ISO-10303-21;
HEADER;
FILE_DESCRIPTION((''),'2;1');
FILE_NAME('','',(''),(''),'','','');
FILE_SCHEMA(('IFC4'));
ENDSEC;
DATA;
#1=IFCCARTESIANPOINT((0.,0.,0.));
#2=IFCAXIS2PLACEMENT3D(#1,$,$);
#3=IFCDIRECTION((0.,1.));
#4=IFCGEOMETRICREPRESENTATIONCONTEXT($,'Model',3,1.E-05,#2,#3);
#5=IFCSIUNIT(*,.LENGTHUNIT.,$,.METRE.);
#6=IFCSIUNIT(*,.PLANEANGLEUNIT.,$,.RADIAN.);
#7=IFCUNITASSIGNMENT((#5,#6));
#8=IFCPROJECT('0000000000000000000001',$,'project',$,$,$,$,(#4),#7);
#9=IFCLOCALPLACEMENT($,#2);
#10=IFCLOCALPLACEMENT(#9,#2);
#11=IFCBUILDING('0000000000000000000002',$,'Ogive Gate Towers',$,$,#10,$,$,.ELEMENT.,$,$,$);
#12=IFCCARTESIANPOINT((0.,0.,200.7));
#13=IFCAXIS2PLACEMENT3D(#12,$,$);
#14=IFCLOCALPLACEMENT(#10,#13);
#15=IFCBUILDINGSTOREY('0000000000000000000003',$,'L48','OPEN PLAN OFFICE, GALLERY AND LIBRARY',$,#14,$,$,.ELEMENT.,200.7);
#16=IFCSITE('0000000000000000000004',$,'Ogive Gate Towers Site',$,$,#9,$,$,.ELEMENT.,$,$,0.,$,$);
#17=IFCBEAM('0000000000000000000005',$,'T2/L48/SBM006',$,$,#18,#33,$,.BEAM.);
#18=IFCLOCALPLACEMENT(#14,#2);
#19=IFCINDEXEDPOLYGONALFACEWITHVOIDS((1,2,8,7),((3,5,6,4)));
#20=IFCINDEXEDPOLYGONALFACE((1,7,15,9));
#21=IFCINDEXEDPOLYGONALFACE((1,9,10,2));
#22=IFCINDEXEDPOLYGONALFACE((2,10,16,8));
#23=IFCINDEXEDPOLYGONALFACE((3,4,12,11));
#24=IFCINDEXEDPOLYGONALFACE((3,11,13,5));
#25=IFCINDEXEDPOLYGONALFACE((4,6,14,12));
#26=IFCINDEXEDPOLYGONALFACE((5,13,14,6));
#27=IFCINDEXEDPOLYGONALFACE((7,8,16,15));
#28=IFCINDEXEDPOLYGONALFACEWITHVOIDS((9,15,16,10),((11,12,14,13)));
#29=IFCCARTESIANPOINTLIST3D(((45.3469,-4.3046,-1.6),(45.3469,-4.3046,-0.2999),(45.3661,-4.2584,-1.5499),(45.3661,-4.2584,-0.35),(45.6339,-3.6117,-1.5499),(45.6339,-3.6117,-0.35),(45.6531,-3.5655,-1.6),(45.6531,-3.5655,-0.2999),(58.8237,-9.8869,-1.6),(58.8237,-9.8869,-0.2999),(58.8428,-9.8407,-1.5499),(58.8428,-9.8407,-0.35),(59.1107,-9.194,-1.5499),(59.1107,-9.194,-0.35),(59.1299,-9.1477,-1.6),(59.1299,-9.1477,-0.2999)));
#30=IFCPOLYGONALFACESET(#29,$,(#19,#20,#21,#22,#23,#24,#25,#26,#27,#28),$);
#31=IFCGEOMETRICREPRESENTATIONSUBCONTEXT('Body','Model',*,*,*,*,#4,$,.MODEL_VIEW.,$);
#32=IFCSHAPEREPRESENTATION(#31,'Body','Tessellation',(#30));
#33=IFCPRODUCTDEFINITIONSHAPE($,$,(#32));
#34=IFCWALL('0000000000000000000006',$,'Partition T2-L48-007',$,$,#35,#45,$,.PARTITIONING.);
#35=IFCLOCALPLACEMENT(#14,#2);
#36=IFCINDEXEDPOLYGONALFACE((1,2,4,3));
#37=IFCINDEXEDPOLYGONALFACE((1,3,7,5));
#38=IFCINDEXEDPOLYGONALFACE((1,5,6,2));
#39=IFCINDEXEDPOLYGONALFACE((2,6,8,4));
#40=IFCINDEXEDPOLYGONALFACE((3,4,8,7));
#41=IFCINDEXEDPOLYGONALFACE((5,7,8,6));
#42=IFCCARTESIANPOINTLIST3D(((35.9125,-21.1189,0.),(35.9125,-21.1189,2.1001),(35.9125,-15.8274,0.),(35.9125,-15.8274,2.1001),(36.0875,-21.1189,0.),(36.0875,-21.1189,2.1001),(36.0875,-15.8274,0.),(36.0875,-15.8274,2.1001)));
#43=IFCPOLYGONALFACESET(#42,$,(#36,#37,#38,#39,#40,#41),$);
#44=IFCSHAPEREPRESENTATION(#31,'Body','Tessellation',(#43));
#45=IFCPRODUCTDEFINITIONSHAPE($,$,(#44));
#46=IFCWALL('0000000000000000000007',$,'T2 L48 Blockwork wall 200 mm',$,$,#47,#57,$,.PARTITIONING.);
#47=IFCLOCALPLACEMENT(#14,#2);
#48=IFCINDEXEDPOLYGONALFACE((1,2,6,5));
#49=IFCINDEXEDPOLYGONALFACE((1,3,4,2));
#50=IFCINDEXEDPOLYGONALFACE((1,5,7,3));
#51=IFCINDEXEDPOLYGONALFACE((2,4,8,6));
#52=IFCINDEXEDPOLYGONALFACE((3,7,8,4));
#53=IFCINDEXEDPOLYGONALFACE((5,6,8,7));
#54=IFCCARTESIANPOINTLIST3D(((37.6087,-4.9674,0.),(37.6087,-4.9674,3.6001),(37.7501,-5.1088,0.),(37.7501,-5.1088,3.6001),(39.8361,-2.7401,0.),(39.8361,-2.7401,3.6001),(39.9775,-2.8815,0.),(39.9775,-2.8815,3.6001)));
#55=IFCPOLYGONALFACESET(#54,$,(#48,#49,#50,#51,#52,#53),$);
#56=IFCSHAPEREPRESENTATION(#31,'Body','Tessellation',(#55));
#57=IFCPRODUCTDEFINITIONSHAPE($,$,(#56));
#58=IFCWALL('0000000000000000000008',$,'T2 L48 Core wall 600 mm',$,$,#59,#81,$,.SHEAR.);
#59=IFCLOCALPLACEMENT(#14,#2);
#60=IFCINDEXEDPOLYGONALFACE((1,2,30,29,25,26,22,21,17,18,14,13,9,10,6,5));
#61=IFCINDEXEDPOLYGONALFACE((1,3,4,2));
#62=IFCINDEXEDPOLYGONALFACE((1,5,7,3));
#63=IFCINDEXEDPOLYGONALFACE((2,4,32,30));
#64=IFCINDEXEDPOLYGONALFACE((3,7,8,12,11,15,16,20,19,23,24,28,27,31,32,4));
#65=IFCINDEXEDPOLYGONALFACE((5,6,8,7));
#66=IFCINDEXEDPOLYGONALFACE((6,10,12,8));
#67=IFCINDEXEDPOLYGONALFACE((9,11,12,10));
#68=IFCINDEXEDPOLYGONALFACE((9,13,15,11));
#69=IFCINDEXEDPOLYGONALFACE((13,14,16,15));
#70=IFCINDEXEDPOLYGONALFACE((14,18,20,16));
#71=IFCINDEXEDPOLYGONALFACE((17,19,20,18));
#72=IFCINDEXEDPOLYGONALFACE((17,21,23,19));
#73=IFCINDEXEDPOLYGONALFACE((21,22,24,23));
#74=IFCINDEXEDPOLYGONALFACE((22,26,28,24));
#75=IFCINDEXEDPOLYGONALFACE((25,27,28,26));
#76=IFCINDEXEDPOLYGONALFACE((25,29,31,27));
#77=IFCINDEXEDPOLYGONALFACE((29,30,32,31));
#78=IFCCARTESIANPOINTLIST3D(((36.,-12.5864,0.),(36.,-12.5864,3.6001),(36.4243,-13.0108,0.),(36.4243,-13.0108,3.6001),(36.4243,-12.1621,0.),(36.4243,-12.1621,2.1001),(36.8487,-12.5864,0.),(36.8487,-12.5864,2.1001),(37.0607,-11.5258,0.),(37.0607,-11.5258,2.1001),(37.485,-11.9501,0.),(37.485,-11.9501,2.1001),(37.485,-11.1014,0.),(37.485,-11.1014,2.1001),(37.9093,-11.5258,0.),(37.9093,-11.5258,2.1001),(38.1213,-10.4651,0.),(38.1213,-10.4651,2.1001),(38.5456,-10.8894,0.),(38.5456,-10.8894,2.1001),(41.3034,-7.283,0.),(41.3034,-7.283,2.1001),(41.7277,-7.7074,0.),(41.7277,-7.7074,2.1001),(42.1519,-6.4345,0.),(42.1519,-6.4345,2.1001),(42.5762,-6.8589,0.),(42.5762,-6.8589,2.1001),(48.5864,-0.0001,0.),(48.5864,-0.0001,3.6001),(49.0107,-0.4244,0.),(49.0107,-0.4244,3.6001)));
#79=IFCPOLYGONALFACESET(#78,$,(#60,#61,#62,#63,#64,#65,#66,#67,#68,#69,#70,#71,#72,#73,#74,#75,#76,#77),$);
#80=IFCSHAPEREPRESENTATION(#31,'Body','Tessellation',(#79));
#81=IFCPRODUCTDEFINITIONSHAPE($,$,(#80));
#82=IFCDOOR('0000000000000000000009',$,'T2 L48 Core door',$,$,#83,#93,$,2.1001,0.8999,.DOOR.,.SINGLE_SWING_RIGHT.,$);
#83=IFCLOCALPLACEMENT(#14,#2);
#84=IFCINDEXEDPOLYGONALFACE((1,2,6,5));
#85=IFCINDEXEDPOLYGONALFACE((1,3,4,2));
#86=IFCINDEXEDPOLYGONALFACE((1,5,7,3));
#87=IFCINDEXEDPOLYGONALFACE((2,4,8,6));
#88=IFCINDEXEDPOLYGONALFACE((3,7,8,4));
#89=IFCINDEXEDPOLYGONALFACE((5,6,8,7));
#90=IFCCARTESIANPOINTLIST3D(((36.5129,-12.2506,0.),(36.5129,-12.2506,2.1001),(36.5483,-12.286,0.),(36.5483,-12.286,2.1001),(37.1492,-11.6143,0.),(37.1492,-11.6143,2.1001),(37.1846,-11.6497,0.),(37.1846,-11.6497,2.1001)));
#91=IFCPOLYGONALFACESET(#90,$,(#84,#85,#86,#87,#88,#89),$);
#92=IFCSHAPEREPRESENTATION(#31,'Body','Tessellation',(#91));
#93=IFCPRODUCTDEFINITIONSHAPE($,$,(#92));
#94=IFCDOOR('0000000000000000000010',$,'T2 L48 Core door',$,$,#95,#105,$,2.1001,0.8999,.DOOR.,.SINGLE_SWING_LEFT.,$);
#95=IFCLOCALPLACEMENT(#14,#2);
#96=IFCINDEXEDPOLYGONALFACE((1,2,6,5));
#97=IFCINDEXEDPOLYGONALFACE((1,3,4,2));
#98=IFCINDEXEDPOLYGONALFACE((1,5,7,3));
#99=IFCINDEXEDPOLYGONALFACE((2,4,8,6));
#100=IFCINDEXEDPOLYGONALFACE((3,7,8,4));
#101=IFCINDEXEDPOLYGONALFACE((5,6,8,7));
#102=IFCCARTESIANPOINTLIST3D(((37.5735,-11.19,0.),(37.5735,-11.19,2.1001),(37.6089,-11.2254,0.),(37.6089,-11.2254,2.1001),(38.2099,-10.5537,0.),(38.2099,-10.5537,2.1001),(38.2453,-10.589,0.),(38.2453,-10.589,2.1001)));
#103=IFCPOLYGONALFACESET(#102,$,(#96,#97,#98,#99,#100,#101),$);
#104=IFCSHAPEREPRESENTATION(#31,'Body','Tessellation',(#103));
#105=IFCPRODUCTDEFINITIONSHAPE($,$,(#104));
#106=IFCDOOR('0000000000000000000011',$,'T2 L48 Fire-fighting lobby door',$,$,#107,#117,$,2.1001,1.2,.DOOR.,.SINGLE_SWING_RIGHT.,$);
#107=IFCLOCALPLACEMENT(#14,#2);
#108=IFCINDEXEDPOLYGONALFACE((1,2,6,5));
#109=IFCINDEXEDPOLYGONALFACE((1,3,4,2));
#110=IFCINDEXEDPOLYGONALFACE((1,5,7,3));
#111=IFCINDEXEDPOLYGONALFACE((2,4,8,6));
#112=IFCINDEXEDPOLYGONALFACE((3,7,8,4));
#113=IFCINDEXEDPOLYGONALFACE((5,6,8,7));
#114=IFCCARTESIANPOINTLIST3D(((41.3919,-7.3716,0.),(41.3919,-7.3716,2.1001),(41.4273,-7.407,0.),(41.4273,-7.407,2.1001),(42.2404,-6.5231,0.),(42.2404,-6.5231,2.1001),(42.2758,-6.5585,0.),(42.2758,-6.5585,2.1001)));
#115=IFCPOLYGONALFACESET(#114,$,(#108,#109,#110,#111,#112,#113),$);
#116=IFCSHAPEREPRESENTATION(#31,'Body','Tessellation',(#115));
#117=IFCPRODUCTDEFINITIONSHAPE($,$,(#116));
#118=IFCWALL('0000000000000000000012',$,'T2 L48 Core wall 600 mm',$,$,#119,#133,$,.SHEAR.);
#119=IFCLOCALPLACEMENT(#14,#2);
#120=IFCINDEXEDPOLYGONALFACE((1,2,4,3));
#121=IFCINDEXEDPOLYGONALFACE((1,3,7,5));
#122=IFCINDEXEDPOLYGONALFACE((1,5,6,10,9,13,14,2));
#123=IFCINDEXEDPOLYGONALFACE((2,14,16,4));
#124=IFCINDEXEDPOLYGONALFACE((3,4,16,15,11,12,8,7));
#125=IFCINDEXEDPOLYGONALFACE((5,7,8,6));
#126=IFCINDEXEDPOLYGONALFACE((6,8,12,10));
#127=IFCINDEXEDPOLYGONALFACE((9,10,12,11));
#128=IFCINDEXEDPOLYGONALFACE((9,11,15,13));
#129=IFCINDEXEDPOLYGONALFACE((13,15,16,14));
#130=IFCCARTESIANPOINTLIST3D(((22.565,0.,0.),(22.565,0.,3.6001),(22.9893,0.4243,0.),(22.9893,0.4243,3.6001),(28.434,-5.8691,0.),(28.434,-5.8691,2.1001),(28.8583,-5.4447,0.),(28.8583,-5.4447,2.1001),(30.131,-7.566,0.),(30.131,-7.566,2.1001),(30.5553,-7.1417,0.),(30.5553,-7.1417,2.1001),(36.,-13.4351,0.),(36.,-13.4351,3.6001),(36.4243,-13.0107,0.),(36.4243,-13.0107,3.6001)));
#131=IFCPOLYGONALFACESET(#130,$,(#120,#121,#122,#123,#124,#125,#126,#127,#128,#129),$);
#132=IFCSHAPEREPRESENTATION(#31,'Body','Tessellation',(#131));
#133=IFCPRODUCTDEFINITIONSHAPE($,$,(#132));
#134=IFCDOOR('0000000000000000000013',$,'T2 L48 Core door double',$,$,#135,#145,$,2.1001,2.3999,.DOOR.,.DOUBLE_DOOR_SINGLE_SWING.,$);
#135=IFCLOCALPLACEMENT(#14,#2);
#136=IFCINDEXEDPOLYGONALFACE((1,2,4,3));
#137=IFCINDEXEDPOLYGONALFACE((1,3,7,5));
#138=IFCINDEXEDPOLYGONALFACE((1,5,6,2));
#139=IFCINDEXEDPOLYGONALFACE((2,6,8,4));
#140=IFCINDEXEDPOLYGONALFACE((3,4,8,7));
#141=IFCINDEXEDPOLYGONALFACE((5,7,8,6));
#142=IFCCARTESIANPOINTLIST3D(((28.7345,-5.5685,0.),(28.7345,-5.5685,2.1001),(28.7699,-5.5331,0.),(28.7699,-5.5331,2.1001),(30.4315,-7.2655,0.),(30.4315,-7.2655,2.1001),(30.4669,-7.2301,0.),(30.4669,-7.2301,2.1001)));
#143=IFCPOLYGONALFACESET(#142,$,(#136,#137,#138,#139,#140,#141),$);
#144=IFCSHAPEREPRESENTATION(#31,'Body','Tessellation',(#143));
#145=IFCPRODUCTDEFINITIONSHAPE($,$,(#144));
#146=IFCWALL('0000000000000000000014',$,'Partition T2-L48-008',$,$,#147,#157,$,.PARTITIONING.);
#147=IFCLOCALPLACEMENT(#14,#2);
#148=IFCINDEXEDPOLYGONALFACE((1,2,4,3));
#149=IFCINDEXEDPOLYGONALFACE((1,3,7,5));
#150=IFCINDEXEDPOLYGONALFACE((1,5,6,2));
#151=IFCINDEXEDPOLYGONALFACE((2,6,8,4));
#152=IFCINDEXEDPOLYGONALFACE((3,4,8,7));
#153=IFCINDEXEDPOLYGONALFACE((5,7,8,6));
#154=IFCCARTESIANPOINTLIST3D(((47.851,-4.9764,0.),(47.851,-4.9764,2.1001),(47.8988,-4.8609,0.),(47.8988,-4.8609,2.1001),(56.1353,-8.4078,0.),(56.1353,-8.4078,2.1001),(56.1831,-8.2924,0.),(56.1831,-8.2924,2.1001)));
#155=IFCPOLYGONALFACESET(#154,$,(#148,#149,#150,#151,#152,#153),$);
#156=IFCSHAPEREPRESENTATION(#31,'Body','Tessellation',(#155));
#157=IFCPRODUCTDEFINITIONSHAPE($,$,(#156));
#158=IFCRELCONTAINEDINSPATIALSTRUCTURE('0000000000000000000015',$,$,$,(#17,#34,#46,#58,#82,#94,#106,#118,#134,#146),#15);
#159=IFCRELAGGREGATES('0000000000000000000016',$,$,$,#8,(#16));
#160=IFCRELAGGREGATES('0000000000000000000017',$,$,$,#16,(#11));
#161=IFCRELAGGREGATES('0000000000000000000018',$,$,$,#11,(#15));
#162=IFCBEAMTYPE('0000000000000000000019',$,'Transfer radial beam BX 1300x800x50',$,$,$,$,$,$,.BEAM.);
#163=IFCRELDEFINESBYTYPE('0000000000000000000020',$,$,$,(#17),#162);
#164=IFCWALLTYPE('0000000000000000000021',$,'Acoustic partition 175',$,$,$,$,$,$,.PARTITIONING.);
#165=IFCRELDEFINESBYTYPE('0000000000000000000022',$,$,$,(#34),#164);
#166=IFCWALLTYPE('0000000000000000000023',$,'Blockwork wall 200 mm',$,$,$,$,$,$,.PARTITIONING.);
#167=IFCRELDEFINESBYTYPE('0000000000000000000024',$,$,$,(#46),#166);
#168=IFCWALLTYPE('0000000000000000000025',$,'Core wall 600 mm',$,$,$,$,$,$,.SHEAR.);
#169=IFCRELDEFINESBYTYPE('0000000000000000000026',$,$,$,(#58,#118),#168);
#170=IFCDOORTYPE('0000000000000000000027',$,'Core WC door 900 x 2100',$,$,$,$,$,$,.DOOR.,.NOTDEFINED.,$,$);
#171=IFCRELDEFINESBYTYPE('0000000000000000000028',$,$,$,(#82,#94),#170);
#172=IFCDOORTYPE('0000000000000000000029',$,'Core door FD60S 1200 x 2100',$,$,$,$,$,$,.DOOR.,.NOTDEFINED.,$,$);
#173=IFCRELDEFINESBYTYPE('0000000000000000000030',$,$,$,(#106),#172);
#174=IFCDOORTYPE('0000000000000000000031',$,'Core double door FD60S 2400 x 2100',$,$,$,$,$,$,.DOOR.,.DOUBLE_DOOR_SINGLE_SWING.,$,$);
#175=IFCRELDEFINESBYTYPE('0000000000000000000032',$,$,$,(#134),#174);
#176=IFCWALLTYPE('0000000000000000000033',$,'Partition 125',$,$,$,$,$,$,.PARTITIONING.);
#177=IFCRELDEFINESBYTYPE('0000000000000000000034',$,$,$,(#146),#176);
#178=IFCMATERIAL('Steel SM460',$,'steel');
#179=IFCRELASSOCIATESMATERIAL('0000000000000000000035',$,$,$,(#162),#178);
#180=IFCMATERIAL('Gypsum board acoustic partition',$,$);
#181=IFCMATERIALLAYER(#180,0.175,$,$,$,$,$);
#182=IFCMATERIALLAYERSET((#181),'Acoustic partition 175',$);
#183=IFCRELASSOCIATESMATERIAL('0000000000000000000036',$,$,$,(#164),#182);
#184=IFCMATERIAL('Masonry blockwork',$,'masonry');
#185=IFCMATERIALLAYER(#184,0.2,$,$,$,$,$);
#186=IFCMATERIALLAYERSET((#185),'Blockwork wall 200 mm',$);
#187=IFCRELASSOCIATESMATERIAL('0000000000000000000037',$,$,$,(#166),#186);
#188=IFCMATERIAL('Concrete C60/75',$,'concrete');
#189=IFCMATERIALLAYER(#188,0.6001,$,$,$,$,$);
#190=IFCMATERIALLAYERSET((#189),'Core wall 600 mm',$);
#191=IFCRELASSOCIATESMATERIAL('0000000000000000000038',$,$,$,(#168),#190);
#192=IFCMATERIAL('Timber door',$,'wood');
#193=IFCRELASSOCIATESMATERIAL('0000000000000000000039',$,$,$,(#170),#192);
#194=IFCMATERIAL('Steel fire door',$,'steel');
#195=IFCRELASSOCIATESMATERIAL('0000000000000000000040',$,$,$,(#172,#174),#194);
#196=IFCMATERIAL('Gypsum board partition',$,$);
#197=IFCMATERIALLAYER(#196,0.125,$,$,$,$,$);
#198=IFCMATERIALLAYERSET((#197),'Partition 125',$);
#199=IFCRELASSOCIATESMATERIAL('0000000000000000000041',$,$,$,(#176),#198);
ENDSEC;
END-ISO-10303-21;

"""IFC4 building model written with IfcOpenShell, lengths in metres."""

from ifc_helpers import new_model, si_unit, direction, frame, frame_2d, origin, origin_2d, place, context, subcontext, project, spatial, rectangle, hollow_rectangle, extrude, material, layer, layer_set, material_profile, profile_set, type_object, element, fill, save


model = new_model("IFC4")

# Units and contexts
model_context = context("Model", 3, precision=1e-05, world=origin(), true_north=direction((0.0, 1.0)))
body_context = subcontext(model_context, "Body", "Model", "MODEL_VIEW")
ifc_project = project(units=[si_unit("LENGTHUNIT", "METRE"), si_unit("PLANEANGLEUNIT", "RADIAN")], contexts=[model_context])

# Site, building, storey
site_placement = place(None, origin())
site = spatial("IfcSite", under=ifc_project, at=site_placement, Name="Ogive Gate Towers Site", CompositionType="ELEMENT", RefElevation=0.0)
building_placement = place(site_placement, origin())
building = spatial("IfcBuilding", under=site, at=building_placement, Name="Ogive Gate Towers", CompositionType="ELEMENT")
storey_placement = place(building_placement, frame((0.0, 0.0, 200.7)))
storey = spatial("IfcBuildingStorey", under=building, at=storey_placement, Name="L48", Description="OPEN PLAN OFFICE, GALLERY AND LIBRARY", CompositionType="ELEMENT", Elevation=200.7)

# Shared definitions
ifc_material_1 = material(Name="Steel SM460", Category="steel")

# Beam
ifc_material_profile_1 = material_profile(ifc_material_1, hollow_rectangle(XDim=0.8, YDim=1.3, WallThickness=0.05, at=origin_2d()), Name="BX 1300x800x50")
ifc_profile_set_1 = profile_set([ifc_material_profile_1], Name="Steel SM460")
beam_type_1 = type_object("IfcBeamType", Name="Transfer radial beam BX 1300x800x50", PredefinedType="BEAM", material=ifc_profile_set_1)
for number, where, z_axis, x_axis, name in (
    (1, (45.5, -3.9351, -0.95), (0.92388, -0.382683, 0.0), (0.382683, 0.92388, 0.0), "T2/L48/SBM006"),
):
    element("IfcBeam", number, at=place(storey_placement, frame(where, z_axis=z_axis, x_axis=x_axis)), inside=storey, type_object=beam_type_1, Name=name, PredefinedType="BEAM", context=body_context, shape_type="SweptSolid", body=[
        extrude(hollow_rectangle(XDim=0.8, YDim=1.3, WallThickness=0.05, at=origin_2d()), origin(), (0.0, 0.0, 1.0), 14.5872),
    ])

# Walls
ifc_material_2 = material(Name="Gypsum board acoustic partition")
ifc_layer_1 = layer(ifc_material_2, 0.175)
ifc_layer_set_1 = layer_set([ifc_layer_1], Name="Acoustic partition 175")
wall_type_1 = type_object("IfcWallType", Name="Acoustic partition 175", PredefinedType="PARTITIONING", material=ifc_layer_set_1)
wall_1_placement = place(storey_placement, frame((36.0, -21.1189, 0.0), z_axis=(0.0, 0.0, 1.0), x_axis=(0.0, 1.0, 0.0)))
element("IfcWall", 2, at=wall_1_placement, inside=storey, type_object=wall_type_1, Name="Partition T2-L48-007", PredefinedType="PARTITIONING", context=body_context, shape_type="SweptSolid", body=[
    extrude(rectangle(XDim=5.2915, YDim=0.175, at=frame_2d((2.6458, 0.0))), origin(), (0.0, 0.0, 1.0), 2.1001),
])
ifc_material_3 = material(Name="Masonry blockwork", Category="masonry")
ifc_layer_2 = layer(ifc_material_3, 0.2)
ifc_layer_set_2 = layer_set([ifc_layer_2], Name="Blockwork wall 200 mm")
wall_type_2 = type_object("IfcWallType", Name="Blockwork wall 200 mm", PredefinedType="PARTITIONING", material=ifc_layer_set_2)
wall_2_placement = place(storey_placement, frame((37.6794, -5.0381, 0.0), z_axis=(0.0, 0.0, 1.0), x_axis=(0.707107, 0.707107, 0.0)))
element("IfcWall", 3, at=wall_2_placement, inside=storey, type_object=wall_type_2, Name="T2 L48 Blockwork wall 200 mm", PredefinedType="PARTITIONING", context=body_context, shape_type="SweptSolid", body=[
    extrude(rectangle(XDim=3.1499, YDim=0.2, at=frame_2d((1.575, 0.0))), origin(), (0.0, 0.0, 1.0), 3.6001),
])

# Wall, openings, doors
ifc_material_4 = material(Name="Concrete C60/75", Category="concrete")
ifc_layer_3 = layer(ifc_material_4, 0.6001)
ifc_layer_set_3 = layer_set([ifc_layer_3], Name="Core wall 600 mm")
wall_type_3 = type_object("IfcWallType", Name="Core wall 600 mm", PredefinedType="SHEAR", material=ifc_layer_set_3)
wall_3_placement = place(storey_placement, frame((36.2122, -12.7986, 0.0), z_axis=(0.0, 0.0, 1.0), x_axis=(0.707107, 0.707107, 0.0)))
wall_3 = element("IfcWall", 4, at=wall_3_placement, inside=storey, type_object=wall_type_3, Name="T2 L48 Core wall 600 mm", PredefinedType="SHEAR", context=body_context, shape_type="SweptSolid", body=[
    extrude(rectangle(XDim=17.7998, YDim=0.6001, at=frame_2d((8.8999, 0.0))), origin(), (0.0, 0.0, 1.0), 3.6001),
])
opening_1_placement = place(wall_3_placement, frame((7.5, 0.0, 0.0)))
opening_1 = element("IfcOpeningElement", 5, at=opening_1_placement, cuts=wall_3, PredefinedType="OPENING", context=body_context, shape_type="SweptSolid", body=[
    extrude(rectangle(XDim=1.2, YDim=2.1001, at=frame_2d((0.6001, 1.05))), frame((0.0, 0.3101, 0.0), z_axis=(0.0, -1.0, 0.0), x_axis=(1.0, 0.0, 0.0)), (0.0, 0.0, 1.0), 0.6201),
])
opening_2_placement = place(wall_3_placement, frame((0.6001, 0.0, 0.0)))
opening_2 = element("IfcOpeningElement", 6, at=opening_2_placement, cuts=wall_3, PredefinedType="OPENING", context=body_context, shape_type="SweptSolid", body=[
    extrude(rectangle(XDim=0.8999, YDim=2.1001, at=frame_2d((0.45, 1.05))), frame((0.0, 0.3101, 0.0), z_axis=(0.0, -1.0, 0.0), x_axis=(1.0, 0.0, 0.0)), (0.0, 0.0, 1.0), 0.6201),
])
opening_3_placement = place(wall_3_placement, frame((2.1001, 0.0, 0.0)))
opening_3 = element("IfcOpeningElement", 7, at=opening_3_placement, cuts=wall_3, PredefinedType="OPENING", context=body_context, shape_type="SweptSolid", body=[
    extrude(rectangle(XDim=0.8999, YDim=2.1001, at=frame_2d((0.45, 1.05))), frame((0.0, 0.3101, 0.0), z_axis=(0.0, -1.0, 0.0), x_axis=(1.0, 0.0, 0.0)), (0.0, 0.0, 1.0), 0.6201),
])
ifc_material_5 = material(Name="Timber door", Category="wood")
door_type_1 = type_object("IfcDoorType", Name="Core WC door 900 x 2100", OperationType="NOTDEFINED", PredefinedType="DOOR", material=ifc_material_5)
door_1_placement = place(opening_2_placement, origin())
door_1 = element("IfcDoor", 8, at=door_1_placement, inside=storey, type_object=door_type_1, Name="T2 L48 Core door", OperationType="SINGLE_SWING_RIGHT", OverallHeight=2.1001, OverallWidth=0.8999, PredefinedType="DOOR", context=body_context, shape_type="SweptSolid", body=[
    extrude(rectangle(XDim=0.8999, YDim=2.1001, at=frame_2d((0.45, 1.05))), frame((0.0, 0.1748, 0.0), z_axis=(0.0, -1.0, 0.0), x_axis=(1.0, 0.0, 0.0)), (0.0, 0.0, 1.0), 0.05),
])
fill(opening_2, door_1)
door_2_placement = place(opening_3_placement, origin())
door_2 = element("IfcDoor", 9, at=door_2_placement, inside=storey, type_object=door_type_1, Name="T2 L48 Core door", OperationType="SINGLE_SWING_LEFT", OverallHeight=2.1001, OverallWidth=0.8999, PredefinedType="DOOR", context=body_context, shape_type="SweptSolid", body=[
    extrude(rectangle(XDim=0.8999, YDim=2.1001, at=frame_2d((0.45, 1.05))), frame((0.0, 0.1748, 0.0), z_axis=(0.0, -1.0, 0.0), x_axis=(1.0, 0.0, 0.0)), (0.0, 0.0, 1.0), 0.05),
])
fill(opening_3, door_2)
ifc_material_6 = material(Name="Steel fire door", Category="steel")
door_type_2 = type_object("IfcDoorType", Name="Core door FD60S 1200 x 2100", OperationType="NOTDEFINED", PredefinedType="DOOR", material=ifc_material_6)
door_3_placement = place(opening_1_placement, origin())
door_3 = element("IfcDoor", 10, at=door_3_placement, inside=storey, type_object=door_type_2, Name="T2 L48 Fire-fighting lobby door", OperationType="SINGLE_SWING_RIGHT", OverallHeight=2.1001, OverallWidth=1.2, PredefinedType="DOOR", context=body_context, shape_type="SweptSolid", body=[
    extrude(rectangle(XDim=1.2, YDim=2.1001, at=frame_2d((0.6001, 1.05))), frame((0.0, 0.1748, 0.0), z_axis=(0.0, -1.0, 0.0), x_axis=(1.0, 0.0, 0.0)), (0.0, 0.0, 1.0), 0.05),
])
fill(opening_1, door_3)

# Wall, opening, door
wall_4_placement = place(storey_placement, frame((36.2122, -13.2229, 0.0), z_axis=(0.0, 0.0, 1.0), x_axis=(-0.707107, 0.707107, 0.0)))
wall_4 = element("IfcWall", 11, at=wall_4_placement, inside=storey, type_object=wall_type_3, Name="T2 L48 Core wall 600 mm", PredefinedType="SHEAR", context=body_context, shape_type="SweptSolid", body=[
    extrude(rectangle(XDim=19.0, YDim=0.6001, at=frame_2d((9.5, 0.0))), origin(), (0.0, 0.0, 1.0), 3.6001),
])
opening_4_placement = place(wall_4_placement, frame((8.3, 0.0, 0.0)))
opening_4 = element("IfcOpeningElement", 12, at=opening_4_placement, cuts=wall_4, PredefinedType="OPENING", context=body_context, shape_type="SweptSolid", body=[
    extrude(rectangle(XDim=2.3999, YDim=2.1001, at=frame_2d((1.2, 1.05))), frame((0.0, 0.3101, 0.0), z_axis=(0.0, -1.0, 0.0), x_axis=(1.0, 0.0, 0.0)), (0.0, 0.0, 1.0), 0.6201),
])
door_type_3 = type_object("IfcDoorType", Name="Core double door FD60S 2400 x 2100", OperationType="DOUBLE_DOOR_SINGLE_SWING", PredefinedType="DOOR", material=ifc_material_6)
door_4_placement = place(opening_4_placement, origin())
door_4 = element("IfcDoor", 13, at=door_4_placement, inside=storey, type_object=door_type_3, Name="T2 L48 Core door double", OperationType="DOUBLE_DOOR_SINGLE_SWING", OverallHeight=2.1001, OverallWidth=2.3999, PredefinedType="DOOR", context=body_context, shape_type="SweptSolid", body=[
    extrude(rectangle(XDim=2.3999, YDim=2.1001, at=frame_2d((1.2, 1.05))), frame((0.0, -0.125, 0.0), z_axis=(0.0, -1.0, 0.0), x_axis=(1.0, 0.0, 0.0)), (0.0, 0.0, 1.0), 0.05),
])
fill(opening_4, door_4)

# Wall
ifc_material_7 = material(Name="Gypsum board partition")
ifc_layer_4 = layer(ifc_material_7, 0.125)
ifc_layer_set_4 = layer_set([ifc_layer_4], Name="Partition 125")
wall_type_4 = type_object("IfcWallType", Name="Partition 125", PredefinedType="PARTITIONING", material=ifc_layer_set_4)
wall_5_placement = place(storey_placement, frame((56.1592, -8.3501, 0.0), z_axis=(0.0, 0.0, 1.0), x_axis=(-0.92388, 0.382681, 0.0)))
element("IfcWall", 14, at=wall_5_placement, inside=storey, type_object=wall_type_4, Name="Partition T2-L48-008", PredefinedType="PARTITIONING", context=body_context, shape_type="SweptSolid", body=[
    extrude(rectangle(XDim=8.9668, YDim=0.125, at=frame_2d((4.4834, 0.0))), origin(), (0.0, 0.0, 1.0), 2.1001),
])

save(model, "model.ifc")
